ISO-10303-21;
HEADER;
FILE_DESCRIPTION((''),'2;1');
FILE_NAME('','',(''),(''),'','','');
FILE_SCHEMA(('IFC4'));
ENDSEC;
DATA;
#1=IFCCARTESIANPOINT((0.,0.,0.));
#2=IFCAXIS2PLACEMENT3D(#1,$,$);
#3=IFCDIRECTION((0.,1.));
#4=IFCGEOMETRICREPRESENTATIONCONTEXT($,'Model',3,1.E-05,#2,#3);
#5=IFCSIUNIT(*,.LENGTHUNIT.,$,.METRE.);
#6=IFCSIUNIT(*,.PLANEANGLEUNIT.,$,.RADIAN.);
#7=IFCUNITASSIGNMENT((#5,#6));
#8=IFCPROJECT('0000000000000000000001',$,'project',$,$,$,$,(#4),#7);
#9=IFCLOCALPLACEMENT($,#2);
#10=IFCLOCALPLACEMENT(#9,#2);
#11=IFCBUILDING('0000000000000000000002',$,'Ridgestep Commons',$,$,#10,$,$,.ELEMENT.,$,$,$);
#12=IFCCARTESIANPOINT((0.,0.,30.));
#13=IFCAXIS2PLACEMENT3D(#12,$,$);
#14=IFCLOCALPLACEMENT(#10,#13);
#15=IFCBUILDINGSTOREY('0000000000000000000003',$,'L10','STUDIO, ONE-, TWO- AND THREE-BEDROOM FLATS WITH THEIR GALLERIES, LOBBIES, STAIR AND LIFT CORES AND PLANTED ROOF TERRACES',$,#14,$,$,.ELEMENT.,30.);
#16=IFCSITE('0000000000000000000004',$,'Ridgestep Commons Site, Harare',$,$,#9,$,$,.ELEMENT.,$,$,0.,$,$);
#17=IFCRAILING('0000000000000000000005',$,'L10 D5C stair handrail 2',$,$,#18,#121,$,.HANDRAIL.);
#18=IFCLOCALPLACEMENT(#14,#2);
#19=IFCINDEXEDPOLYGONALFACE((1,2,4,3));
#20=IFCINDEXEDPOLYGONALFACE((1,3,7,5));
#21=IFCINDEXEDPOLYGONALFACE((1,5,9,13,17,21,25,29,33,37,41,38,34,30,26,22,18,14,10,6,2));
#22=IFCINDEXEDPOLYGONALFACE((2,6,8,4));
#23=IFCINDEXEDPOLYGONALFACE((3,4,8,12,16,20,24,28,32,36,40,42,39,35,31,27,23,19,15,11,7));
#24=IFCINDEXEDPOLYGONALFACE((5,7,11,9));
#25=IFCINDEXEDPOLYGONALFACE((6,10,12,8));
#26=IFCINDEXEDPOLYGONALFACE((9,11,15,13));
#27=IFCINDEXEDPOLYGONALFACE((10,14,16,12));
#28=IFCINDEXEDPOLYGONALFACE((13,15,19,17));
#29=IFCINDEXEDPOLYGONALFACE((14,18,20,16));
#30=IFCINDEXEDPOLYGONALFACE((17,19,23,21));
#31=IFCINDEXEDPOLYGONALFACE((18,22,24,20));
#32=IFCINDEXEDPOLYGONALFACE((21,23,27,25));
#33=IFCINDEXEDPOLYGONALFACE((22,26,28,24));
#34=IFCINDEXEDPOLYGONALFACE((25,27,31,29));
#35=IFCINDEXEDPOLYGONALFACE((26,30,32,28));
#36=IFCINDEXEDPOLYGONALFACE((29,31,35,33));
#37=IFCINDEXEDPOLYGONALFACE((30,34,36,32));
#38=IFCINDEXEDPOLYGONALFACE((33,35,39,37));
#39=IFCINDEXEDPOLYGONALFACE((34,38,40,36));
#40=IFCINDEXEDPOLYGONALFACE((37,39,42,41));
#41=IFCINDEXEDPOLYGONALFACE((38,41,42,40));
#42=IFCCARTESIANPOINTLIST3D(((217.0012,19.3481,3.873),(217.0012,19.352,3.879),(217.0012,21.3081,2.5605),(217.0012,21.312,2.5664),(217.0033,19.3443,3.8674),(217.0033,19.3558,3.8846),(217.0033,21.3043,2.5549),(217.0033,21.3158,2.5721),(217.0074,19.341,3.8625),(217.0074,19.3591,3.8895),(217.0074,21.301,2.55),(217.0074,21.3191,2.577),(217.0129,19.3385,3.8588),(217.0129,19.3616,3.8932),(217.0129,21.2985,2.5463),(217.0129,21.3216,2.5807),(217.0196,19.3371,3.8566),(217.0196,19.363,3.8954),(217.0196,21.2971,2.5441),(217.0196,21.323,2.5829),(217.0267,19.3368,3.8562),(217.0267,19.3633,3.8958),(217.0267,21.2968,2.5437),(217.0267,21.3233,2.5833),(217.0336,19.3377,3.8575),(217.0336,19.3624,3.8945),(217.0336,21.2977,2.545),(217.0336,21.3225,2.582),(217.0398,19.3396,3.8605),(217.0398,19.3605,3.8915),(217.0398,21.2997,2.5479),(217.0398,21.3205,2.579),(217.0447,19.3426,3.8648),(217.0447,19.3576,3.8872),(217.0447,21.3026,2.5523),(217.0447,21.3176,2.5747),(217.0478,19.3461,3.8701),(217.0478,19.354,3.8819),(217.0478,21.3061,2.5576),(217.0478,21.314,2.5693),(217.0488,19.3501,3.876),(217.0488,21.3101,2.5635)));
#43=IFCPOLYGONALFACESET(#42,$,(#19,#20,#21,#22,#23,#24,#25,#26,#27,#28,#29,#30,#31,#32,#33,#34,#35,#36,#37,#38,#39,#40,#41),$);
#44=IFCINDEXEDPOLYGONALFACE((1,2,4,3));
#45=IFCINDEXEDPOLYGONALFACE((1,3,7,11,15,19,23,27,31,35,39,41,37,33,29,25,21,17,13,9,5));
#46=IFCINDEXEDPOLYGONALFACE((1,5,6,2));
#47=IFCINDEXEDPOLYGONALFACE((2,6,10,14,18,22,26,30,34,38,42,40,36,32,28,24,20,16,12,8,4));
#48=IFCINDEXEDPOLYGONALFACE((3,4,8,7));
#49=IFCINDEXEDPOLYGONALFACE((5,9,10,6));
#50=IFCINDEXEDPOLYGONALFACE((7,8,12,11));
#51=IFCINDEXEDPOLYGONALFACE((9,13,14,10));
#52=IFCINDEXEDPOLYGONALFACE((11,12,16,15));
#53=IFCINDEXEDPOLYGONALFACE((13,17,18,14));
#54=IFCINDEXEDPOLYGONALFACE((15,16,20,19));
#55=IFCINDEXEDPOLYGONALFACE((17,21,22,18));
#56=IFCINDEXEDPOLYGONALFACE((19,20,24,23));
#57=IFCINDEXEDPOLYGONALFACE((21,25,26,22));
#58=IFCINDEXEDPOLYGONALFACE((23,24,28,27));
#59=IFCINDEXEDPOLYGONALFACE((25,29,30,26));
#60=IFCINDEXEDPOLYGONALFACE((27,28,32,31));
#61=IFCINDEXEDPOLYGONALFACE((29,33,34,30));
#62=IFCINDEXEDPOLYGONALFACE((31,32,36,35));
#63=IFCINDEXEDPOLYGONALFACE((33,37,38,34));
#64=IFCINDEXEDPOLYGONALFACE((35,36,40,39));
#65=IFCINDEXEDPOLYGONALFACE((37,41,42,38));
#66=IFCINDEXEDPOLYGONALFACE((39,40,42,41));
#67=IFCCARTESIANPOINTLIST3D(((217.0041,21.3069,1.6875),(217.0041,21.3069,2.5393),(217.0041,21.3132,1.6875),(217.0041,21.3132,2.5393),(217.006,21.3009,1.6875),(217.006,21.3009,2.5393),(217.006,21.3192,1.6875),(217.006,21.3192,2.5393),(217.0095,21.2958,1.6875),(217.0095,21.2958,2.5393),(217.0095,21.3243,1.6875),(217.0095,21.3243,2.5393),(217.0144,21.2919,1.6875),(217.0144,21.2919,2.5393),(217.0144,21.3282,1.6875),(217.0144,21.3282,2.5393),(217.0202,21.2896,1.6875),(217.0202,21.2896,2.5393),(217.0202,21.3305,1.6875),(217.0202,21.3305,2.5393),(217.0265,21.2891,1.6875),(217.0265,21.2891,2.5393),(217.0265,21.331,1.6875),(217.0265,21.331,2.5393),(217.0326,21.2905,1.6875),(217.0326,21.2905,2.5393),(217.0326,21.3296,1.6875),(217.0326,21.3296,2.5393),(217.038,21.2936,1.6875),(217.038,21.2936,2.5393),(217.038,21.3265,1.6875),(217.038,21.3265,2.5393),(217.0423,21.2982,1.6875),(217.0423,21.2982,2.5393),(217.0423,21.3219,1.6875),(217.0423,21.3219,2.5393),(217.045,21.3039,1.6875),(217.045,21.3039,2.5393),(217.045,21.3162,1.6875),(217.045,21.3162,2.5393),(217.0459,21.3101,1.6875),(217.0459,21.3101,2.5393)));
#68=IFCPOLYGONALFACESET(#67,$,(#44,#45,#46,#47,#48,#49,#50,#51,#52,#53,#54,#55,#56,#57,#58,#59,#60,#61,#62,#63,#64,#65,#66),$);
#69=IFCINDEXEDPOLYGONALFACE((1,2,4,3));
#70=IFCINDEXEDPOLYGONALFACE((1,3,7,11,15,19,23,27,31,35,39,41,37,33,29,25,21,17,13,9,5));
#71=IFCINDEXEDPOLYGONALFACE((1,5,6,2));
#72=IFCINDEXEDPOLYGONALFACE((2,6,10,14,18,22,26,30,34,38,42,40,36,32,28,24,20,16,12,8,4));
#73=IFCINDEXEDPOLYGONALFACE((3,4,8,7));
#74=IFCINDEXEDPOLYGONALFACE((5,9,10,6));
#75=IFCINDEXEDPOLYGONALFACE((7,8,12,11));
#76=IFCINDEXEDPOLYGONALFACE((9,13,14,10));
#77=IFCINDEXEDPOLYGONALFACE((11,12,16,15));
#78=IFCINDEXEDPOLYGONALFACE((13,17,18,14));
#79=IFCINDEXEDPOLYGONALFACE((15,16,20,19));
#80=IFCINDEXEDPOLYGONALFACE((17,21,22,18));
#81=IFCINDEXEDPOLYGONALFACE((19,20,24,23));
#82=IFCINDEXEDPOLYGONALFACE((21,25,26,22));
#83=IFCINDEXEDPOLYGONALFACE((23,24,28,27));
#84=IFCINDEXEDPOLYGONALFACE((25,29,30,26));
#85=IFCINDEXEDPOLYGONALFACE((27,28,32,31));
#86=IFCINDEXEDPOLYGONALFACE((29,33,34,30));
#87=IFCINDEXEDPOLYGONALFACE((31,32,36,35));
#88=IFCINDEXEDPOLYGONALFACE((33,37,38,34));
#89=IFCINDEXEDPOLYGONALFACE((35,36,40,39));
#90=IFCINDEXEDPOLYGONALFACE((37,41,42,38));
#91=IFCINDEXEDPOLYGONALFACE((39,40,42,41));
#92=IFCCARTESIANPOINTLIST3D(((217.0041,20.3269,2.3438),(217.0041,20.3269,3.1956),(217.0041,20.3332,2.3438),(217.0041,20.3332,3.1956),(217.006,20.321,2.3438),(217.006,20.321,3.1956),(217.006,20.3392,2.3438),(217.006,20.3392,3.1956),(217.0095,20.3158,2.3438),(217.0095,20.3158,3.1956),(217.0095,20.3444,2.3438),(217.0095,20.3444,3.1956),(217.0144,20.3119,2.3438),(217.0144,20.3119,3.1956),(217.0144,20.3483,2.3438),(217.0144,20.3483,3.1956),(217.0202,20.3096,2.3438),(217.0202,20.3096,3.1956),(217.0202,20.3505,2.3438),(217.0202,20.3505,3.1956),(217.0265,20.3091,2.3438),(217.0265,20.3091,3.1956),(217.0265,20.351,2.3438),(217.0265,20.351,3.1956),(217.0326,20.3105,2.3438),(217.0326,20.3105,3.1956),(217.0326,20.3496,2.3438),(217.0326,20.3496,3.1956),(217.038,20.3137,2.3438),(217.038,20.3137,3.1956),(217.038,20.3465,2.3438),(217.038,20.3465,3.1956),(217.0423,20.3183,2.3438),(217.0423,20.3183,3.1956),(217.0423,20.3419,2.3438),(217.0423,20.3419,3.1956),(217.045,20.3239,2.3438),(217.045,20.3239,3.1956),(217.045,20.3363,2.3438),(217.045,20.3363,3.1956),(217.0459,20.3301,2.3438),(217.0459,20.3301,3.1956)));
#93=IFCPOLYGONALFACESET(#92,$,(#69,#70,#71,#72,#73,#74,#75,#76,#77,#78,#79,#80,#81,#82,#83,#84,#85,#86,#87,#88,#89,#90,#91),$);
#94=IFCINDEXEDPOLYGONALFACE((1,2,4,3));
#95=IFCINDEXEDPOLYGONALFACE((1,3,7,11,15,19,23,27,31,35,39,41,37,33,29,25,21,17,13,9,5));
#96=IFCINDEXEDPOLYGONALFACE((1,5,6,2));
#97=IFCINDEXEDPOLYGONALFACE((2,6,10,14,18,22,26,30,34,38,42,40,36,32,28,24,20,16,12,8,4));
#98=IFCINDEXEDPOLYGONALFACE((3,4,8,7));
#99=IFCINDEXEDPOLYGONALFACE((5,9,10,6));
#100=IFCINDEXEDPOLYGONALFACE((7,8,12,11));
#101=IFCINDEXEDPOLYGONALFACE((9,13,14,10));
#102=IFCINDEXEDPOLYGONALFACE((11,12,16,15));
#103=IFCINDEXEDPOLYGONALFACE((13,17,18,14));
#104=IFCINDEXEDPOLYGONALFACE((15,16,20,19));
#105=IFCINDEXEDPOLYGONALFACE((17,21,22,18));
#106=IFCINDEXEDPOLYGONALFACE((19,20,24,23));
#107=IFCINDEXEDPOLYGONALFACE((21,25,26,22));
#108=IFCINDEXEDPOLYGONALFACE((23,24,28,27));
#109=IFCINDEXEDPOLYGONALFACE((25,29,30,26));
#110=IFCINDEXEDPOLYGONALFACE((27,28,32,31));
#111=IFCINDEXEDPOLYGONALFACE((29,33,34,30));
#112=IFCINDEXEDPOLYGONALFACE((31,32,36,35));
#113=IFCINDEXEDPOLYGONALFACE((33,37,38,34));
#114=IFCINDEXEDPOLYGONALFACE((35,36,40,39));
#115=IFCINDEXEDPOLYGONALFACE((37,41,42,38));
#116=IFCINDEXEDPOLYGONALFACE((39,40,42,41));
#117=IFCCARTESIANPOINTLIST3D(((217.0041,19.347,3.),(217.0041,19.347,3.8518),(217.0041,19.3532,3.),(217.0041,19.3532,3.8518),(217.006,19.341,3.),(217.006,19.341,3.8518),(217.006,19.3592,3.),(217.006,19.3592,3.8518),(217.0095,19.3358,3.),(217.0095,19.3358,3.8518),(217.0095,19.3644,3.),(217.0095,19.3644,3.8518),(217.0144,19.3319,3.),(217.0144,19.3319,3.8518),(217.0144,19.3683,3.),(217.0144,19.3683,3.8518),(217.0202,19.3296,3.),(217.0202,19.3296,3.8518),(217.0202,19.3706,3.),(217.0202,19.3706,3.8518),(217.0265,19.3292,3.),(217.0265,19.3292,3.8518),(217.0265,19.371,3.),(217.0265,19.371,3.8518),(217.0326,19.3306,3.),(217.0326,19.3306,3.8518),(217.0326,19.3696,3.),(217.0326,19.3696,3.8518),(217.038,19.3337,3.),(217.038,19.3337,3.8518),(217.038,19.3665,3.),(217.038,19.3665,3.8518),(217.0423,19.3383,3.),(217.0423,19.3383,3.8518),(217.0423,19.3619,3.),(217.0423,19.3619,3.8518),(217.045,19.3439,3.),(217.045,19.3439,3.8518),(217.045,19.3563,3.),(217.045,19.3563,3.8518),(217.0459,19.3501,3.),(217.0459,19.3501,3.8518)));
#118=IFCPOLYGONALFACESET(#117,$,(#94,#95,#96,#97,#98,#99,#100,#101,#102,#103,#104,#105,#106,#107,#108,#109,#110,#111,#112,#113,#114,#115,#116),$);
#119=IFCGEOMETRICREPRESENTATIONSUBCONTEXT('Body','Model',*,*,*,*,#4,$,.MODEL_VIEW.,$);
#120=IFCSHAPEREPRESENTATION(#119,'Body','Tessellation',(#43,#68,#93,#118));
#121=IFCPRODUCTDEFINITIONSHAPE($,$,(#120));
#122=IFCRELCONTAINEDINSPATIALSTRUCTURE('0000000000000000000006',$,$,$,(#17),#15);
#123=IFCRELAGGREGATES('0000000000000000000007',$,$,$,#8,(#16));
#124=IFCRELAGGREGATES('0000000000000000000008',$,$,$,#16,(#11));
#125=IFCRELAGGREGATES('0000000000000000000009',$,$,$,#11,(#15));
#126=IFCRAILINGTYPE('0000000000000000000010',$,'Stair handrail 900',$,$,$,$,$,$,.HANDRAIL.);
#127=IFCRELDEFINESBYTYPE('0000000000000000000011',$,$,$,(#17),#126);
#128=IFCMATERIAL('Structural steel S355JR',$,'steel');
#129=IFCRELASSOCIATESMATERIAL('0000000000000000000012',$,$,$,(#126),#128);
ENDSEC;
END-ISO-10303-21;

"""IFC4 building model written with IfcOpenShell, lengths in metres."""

from ifc_helpers import new_model, si_unit, direction, frame, origin, origin_2d, place, context, subcontext, project, spatial, circle, extrude, material, type_object, element, save


model = new_model("IFC4")

# Units and contexts
model_context = context("Model", 3, precision=1e-05, world=origin(), true_north=direction((0.0, 1.0)))
body_context = subcontext(model_context, "Body", "Model", "MODEL_VIEW")
ifc_project = project(units=[si_unit("LENGTHUNIT", "METRE"), si_unit("PLANEANGLEUNIT", "RADIAN")], contexts=[model_context])

# Site, building, storey
site_placement = place(None, origin())
site = spatial("IfcSite", under=ifc_project, at=site_placement, Name="Ridgestep Commons Site, Harare", CompositionType="ELEMENT", RefElevation=0.0)
building_placement = place(site_placement, origin())
building = spatial("IfcBuilding", under=site, at=building_placement, Name="Ridgestep Commons", CompositionType="ELEMENT")
storey_placement = place(building_placement, frame((0.0, 0.0, 30.0)))
storey = spatial("IfcBuildingStorey", under=building, at=storey_placement, Name="L10", Description="STUDIO, ONE-, TWO- AND THREE-BEDROOM FLATS WITH THEIR GALLERIES, LOBBIES, STAIR AND LIFT CORES AND PLANTED ROOF TERRACES", CompositionType="ELEMENT", Elevation=30.0)

# Railing
ifc_material_1 = material(Name="Structural steel S355JR", Category="steel")
railing_type_1 = type_object("IfcRailingType", Name="Stair handrail 900", PredefinedType="HANDRAIL", material=ifc_material_1)
railing_1_placement = place(storey_placement, frame((217.0249, 21.3101, 1.6875)))
element("IfcRailing", 1, at=railing_1_placement, inside=storey, type_object=railing_type_1, Name="L10 D5C stair handrail 2", PredefinedType="HANDRAIL", context=body_context, shape_type="SweptSolid", body=[
    extrude(circle(Radius=0.0239, at=origin_2d()), frame((0.0, 0.0, 0.876), z_axis=(0.0, -0.830902, 0.556419), x_axis=(1.0, 0.0, 0.0)), (0.0, 0.0, 1.0), 2.3589),
    extrude(circle(Radius=0.021, at=origin_2d()), origin(), (0.0, 0.0, 1.0), 0.8518),
    extrude(circle(Radius=0.021, at=origin_2d()), frame((0.0, -0.98, 0.6562)), (0.0, 0.0, 1.0), 0.8518),
    extrude(circle(Radius=0.021, at=origin_2d()), frame((0.0, -1.96, 1.3125)), (0.0, 0.0, 1.0), 0.8518),
])

save(model, "model.ifc")
